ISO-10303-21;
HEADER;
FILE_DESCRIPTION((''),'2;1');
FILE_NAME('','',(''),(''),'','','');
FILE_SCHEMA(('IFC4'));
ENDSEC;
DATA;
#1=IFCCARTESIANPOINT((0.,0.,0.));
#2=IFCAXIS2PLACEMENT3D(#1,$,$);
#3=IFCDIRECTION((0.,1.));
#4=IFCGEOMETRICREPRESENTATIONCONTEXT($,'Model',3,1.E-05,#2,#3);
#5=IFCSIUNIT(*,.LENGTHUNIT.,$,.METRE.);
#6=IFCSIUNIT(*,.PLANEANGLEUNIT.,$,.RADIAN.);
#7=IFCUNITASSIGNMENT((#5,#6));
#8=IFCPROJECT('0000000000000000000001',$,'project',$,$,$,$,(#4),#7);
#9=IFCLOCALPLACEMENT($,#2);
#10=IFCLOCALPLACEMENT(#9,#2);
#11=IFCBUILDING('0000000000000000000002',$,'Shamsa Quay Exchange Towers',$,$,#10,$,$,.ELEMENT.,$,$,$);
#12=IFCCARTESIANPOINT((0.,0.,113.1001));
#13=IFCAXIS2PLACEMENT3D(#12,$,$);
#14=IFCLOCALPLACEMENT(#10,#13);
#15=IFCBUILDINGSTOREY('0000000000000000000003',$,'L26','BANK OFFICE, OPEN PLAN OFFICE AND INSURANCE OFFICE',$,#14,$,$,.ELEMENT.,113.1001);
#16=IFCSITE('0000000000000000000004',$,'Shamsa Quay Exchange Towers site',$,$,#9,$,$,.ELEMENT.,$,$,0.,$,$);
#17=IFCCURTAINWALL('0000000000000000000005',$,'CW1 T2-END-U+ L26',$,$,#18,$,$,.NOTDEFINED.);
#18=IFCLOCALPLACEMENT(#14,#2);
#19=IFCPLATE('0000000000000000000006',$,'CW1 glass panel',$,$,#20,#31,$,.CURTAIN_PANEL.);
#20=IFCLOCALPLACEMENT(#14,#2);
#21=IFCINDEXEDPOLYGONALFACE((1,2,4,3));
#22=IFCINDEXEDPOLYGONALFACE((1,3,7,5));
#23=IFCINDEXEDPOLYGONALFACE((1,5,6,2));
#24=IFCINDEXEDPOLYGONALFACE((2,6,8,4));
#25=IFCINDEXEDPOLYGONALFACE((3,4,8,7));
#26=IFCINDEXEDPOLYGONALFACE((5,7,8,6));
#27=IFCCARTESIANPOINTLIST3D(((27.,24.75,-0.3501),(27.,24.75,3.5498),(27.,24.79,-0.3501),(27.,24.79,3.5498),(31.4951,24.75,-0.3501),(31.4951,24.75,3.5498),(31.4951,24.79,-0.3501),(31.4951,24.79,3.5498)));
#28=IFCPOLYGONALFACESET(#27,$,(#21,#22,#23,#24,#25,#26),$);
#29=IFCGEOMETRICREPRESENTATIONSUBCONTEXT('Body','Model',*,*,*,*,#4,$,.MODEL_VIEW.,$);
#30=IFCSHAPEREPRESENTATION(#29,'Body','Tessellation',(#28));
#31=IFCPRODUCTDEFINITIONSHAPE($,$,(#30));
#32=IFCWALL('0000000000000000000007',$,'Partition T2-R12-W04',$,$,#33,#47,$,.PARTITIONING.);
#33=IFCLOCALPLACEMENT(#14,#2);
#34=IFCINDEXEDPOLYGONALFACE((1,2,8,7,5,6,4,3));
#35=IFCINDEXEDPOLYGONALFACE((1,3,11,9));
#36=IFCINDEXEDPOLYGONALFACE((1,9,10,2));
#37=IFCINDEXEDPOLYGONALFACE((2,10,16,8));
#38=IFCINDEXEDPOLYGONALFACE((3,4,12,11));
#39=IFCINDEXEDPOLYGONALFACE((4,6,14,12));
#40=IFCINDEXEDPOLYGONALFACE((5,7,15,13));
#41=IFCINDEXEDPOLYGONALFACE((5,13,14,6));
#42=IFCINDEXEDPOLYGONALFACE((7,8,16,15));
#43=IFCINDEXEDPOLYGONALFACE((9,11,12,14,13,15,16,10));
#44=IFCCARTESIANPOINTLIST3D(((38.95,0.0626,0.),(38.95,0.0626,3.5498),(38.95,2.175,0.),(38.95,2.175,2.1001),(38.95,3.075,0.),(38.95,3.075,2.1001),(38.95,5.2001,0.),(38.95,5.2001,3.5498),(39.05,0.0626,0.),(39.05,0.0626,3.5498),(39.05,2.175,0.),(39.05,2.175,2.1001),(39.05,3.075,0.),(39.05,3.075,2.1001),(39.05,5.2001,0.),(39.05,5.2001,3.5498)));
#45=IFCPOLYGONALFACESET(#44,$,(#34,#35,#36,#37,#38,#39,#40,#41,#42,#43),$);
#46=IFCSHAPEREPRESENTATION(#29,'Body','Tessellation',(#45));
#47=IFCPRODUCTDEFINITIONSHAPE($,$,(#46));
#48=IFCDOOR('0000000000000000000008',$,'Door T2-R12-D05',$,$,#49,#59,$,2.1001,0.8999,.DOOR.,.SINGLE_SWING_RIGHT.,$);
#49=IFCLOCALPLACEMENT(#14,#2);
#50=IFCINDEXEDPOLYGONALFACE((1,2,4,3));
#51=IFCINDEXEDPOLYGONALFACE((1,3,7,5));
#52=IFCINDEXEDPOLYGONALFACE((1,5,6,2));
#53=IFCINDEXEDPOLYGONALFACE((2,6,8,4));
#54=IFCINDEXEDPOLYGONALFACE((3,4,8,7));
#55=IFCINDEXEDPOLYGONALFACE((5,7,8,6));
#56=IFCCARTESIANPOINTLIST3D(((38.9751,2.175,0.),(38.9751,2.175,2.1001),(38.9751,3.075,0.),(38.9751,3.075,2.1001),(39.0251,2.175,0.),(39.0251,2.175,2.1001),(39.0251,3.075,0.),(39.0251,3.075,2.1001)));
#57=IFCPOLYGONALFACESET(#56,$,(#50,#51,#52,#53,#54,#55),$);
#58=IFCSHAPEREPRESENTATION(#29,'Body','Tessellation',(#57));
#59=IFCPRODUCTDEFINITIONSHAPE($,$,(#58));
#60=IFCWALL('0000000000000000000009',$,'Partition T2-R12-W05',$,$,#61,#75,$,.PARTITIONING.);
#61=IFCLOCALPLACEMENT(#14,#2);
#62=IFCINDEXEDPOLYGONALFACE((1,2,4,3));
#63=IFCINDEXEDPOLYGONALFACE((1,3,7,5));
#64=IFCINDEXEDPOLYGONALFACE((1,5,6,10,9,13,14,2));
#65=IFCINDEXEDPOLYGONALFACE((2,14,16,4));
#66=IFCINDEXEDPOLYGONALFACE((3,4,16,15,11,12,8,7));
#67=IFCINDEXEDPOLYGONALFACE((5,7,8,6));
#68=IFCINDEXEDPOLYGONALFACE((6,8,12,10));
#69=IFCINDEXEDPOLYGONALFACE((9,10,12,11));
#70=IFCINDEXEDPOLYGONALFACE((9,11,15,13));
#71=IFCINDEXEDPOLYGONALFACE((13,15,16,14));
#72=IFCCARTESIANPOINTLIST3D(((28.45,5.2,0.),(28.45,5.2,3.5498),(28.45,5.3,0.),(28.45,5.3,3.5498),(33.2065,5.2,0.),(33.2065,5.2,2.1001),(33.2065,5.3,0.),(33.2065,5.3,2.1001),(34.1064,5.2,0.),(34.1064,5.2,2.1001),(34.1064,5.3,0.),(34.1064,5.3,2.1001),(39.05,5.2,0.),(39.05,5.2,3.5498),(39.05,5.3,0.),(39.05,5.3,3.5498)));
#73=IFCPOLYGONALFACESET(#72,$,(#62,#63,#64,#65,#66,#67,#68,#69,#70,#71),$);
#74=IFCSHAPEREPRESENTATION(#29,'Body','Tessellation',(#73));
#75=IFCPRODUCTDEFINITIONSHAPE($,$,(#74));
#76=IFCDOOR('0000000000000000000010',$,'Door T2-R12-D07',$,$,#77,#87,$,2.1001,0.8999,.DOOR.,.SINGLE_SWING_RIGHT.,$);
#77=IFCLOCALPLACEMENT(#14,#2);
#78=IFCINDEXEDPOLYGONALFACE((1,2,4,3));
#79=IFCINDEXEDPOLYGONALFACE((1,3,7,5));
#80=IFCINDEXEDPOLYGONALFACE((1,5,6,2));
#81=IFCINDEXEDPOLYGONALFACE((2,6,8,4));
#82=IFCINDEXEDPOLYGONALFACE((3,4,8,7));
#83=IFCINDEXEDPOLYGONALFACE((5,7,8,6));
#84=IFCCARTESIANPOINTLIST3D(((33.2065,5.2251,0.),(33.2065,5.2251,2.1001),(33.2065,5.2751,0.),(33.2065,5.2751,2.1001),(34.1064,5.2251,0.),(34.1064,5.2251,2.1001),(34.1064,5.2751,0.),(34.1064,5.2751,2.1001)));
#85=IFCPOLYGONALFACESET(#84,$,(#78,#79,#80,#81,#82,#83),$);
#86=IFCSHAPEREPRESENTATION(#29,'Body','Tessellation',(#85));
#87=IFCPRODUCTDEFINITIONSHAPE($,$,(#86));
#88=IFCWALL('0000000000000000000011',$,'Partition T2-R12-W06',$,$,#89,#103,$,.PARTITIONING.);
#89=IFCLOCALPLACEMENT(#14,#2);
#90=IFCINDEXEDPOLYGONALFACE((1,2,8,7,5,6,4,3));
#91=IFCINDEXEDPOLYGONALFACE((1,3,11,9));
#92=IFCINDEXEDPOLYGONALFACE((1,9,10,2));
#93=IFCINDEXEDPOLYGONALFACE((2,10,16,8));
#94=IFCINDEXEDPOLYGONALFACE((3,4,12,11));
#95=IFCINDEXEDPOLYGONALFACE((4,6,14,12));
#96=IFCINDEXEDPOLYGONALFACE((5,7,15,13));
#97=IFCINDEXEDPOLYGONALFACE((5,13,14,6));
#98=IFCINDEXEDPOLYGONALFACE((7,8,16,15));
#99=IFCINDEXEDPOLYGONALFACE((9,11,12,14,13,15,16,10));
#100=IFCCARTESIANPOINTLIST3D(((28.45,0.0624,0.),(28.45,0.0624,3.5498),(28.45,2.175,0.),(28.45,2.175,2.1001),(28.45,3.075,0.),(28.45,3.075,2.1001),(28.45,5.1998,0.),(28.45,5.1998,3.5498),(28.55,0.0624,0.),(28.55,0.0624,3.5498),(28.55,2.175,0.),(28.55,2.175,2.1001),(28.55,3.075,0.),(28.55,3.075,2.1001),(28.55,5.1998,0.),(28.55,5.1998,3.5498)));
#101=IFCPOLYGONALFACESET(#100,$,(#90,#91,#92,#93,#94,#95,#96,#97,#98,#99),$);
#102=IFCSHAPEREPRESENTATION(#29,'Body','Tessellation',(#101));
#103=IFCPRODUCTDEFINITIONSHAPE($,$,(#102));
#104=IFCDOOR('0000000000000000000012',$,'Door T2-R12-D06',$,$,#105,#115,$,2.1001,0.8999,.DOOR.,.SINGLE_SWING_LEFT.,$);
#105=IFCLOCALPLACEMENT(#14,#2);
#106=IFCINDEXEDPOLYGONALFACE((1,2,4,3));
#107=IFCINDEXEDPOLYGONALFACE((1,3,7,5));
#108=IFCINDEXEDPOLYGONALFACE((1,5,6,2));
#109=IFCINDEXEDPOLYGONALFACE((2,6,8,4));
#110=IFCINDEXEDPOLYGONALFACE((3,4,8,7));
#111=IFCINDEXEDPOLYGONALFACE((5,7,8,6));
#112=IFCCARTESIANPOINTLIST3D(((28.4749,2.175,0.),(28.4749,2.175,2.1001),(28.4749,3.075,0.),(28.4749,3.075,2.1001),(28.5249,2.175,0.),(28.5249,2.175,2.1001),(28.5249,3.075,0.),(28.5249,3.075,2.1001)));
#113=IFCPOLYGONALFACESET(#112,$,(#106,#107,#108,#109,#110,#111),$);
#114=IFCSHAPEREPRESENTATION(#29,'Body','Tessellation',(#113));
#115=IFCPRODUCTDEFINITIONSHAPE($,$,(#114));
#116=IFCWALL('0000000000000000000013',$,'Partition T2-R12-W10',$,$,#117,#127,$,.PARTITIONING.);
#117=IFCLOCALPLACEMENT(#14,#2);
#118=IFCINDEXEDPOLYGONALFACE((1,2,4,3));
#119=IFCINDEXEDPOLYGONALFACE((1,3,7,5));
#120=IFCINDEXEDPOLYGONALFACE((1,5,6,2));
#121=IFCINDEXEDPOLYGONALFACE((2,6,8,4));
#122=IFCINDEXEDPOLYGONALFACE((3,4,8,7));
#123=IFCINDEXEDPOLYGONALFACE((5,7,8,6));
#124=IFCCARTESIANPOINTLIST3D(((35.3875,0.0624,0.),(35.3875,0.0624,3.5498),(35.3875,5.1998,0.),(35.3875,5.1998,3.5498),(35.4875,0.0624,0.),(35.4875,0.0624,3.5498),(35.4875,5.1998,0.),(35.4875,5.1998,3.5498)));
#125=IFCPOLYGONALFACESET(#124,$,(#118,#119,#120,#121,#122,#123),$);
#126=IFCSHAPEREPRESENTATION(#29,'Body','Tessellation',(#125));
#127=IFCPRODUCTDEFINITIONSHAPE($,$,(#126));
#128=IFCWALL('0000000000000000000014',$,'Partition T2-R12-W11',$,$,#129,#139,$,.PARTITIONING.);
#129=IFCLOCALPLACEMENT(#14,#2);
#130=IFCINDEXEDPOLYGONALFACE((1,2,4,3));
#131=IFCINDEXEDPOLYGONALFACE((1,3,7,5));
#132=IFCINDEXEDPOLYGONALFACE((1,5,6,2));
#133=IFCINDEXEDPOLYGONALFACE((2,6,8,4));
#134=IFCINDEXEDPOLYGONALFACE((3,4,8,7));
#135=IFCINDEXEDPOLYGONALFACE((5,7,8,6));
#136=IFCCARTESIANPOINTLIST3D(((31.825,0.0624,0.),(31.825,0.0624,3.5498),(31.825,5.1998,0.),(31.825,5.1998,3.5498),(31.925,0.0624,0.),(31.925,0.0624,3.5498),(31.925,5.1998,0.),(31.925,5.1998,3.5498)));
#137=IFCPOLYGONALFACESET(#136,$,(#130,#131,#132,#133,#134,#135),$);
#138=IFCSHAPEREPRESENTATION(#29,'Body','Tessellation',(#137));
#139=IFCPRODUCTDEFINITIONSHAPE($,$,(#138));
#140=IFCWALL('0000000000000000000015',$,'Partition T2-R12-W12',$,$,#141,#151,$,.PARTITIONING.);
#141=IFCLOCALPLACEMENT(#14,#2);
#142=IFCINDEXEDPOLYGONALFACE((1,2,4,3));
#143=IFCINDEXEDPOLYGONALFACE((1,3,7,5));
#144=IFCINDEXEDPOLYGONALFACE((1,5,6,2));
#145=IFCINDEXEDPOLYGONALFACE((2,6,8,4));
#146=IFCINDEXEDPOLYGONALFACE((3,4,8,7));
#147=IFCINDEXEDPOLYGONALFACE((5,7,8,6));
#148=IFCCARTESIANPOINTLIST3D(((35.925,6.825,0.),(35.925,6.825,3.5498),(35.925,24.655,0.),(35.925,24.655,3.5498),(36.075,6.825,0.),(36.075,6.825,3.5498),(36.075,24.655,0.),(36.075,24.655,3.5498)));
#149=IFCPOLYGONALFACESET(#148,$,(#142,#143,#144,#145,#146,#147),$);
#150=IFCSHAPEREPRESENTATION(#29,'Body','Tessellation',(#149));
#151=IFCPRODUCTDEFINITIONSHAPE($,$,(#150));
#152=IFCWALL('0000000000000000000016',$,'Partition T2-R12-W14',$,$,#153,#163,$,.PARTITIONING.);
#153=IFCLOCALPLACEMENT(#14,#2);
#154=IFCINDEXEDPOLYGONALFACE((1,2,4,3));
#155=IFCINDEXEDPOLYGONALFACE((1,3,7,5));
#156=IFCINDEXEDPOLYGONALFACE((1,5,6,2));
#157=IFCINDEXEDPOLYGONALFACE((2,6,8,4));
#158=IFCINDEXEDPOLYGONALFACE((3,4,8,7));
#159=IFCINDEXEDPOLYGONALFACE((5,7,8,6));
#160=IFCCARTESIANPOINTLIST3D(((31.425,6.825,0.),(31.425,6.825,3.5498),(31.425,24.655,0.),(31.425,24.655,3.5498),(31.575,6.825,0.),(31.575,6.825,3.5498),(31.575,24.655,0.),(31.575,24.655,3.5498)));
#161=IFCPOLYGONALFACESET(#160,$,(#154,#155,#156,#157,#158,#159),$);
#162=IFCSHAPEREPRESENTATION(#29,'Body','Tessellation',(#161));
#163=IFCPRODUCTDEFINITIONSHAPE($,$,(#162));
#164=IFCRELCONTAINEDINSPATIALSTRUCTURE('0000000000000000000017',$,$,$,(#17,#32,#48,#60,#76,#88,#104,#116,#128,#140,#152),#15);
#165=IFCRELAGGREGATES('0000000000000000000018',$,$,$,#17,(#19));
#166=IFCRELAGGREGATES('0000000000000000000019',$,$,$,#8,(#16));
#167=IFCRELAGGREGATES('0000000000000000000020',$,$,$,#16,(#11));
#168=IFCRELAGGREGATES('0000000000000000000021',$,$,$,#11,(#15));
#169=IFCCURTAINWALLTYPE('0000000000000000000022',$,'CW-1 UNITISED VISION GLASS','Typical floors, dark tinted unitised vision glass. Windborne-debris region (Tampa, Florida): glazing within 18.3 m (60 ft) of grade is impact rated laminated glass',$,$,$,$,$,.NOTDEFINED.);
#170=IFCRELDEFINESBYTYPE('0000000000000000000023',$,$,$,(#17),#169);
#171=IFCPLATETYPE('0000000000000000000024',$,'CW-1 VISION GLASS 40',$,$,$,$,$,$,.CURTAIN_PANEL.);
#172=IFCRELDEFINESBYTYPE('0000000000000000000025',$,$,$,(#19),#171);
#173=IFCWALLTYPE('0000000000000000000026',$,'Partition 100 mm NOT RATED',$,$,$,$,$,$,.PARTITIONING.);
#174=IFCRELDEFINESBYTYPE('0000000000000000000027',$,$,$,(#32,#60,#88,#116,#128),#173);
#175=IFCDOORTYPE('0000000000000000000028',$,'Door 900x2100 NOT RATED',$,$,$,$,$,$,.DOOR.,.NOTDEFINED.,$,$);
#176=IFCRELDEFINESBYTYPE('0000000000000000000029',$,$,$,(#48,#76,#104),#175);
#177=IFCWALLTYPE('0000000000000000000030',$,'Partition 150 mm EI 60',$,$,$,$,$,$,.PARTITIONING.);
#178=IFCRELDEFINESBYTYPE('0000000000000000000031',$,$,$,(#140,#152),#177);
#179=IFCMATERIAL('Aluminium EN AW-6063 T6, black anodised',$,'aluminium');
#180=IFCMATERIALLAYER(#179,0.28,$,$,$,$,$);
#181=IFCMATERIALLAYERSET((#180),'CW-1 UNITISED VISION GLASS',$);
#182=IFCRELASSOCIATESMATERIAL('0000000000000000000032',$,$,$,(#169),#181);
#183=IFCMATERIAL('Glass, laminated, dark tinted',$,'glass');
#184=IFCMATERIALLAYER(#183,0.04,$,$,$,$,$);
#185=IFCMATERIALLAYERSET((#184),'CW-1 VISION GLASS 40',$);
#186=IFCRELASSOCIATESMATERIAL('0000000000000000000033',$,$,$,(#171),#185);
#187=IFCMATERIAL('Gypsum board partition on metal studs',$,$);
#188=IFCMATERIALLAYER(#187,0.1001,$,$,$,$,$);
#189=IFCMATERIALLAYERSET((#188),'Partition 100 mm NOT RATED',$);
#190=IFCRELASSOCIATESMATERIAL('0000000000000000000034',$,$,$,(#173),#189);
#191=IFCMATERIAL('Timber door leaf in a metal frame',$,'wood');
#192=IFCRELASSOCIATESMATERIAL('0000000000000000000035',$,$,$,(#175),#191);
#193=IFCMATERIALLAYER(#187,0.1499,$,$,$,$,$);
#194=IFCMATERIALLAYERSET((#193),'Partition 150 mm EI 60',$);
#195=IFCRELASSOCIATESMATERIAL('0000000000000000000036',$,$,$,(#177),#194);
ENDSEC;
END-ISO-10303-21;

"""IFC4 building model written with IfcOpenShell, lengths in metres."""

from ifc_helpers import new_model, si_unit, direction, frame, frame_2d, origin, origin_2d, place, context, subcontext, project, spatial, rectangle, extrude, material, layer, layer_set, type_object, element, fill, aggregate, save


model = new_model("IFC4")

# Units and contexts
model_context = context("Model", 3, precision=1e-05, world=origin(), true_north=direction((0.0, 1.0)))
body_context = subcontext(model_context, "Body", "Model", "MODEL_VIEW")
ifc_project = project(units=[si_unit("LENGTHUNIT", "METRE"), si_unit("PLANEANGLEUNIT", "RADIAN")], contexts=[model_context])

# Site, building, storey
site_placement = place(None, origin())
site = spatial("IfcSite", under=ifc_project, at=site_placement, Name="Shamsa Quay Exchange Towers site", CompositionType="ELEMENT", RefElevation=0.0)
building_placement = place(site_placement, origin())
building = spatial("IfcBuilding", under=site, at=building_placement, Name="Shamsa Quay Exchange Towers", CompositionType="ELEMENT")
storey_placement = place(building_placement, frame((0.0, 0.0, 113.1001)))
storey = spatial("IfcBuildingStorey", under=building, at=storey_placement, Name="L26", Description="BANK OFFICE, OPEN PLAN OFFICE AND INSURANCE OFFICE", CompositionType="ELEMENT", Elevation=113.1001)

# Shared definitions
ifc_material_1 = material(Name="Aluminium EN AW-6063 T6, black anodised", Category="aluminium")
ifc_layer_1 = layer(ifc_material_1, 0.28)
ifc_layer_set_1 = layer_set([ifc_layer_1], Name="CW-1 UNITISED VISION GLASS")
curtain_wall_type = type_object("IfcCurtainWallType", Name="CW-1 UNITISED VISION GLASS", Description="Typical floors, dark tinted unitised vision glass. Windborne-debris region (Tampa, Florida): glazing within 18.3 m (60 ft) of grade is impact rated laminated glass", PredefinedType="NOTDEFINED", material=ifc_layer_set_1)

# Shared definitions
ifc_material_2 = material(Name="Glass, laminated, dark tinted", Category="glass")
ifc_layer_2 = layer(ifc_material_2, 0.04)
ifc_layer_set_2 = layer_set([ifc_layer_2], Name="CW-1 VISION GLASS 40")
plate_type = type_object("IfcPlateType", Name="CW-1 VISION GLASS 40", PredefinedType="CURTAIN_PANEL", material=ifc_layer_set_2)

# Curtain wall, plate
curtain_wall_1_placement = place(storey_placement, origin())
curtain_wall_1 = element("IfcCurtainWall", 1, at=curtain_wall_1_placement, inside=storey, type_object=curtain_wall_type, Name="CW1 T2-END-U+ L26", PredefinedType="NOTDEFINED")
plate_1_placement = place(storey_placement, frame((29.2476, 24.77, -0.3501), z_axis=(0.0, 0.0, 1.0), x_axis=(-1.0, 0.0, 0.0)))
plate_1 = element("IfcPlate", 2, at=plate_1_placement, type_object=plate_type, Name="CW1 glass panel", PredefinedType="CURTAIN_PANEL", context=body_context, shape_type="SweptSolid", body=[
    extrude(rectangle(XDim=4.4951, YDim=0.04, at=origin_2d()), origin(), (0.0, 0.0, 1.0), 3.8999),
])
aggregate(curtain_wall_1, [plate_1])

# Walls, openings, doors
ifc_material_3 = material(Name="Gypsum board partition on metal studs")
ifc_layer_3 = layer(ifc_material_3, 0.1001)
ifc_layer_set_3 = layer_set([ifc_layer_3], Name="Partition 100 mm NOT RATED")
wall_type_1 = type_object("IfcWallType", Name="Partition 100 mm NOT RATED", PredefinedType="PARTITIONING", material=ifc_layer_set_3)
wall_1_placement = place(storey_placement, frame((39.0, 0.0625, 0.0), z_axis=(0.0, 0.0, 1.0), x_axis=(0.0, 1.0, 0.0)))
wall_1 = element("IfcWall", 3, at=wall_1_placement, inside=storey, type_object=wall_type_1, Name="Partition T2-R12-W04", PredefinedType="PARTITIONING", context=body_context, shape_type="SweptSolid", body=[
    extrude(rectangle(XDim=5.1375, YDim=0.1001, at=frame_2d((2.5688, 0.0))), origin(), (0.0, 0.0, 1.0), 3.5498),
])
opening_1_placement = place(wall_1_placement, frame((2.1125, 0.0, 0.0)))
opening_1 = element("IfcOpeningElement", 4, at=opening_1_placement, cuts=wall_1, PredefinedType="OPENING", context=body_context, shape_type="SweptSolid", body=[
    extrude(rectangle(XDim=0.8999, YDim=2.1001, at=frame_2d((0.45, 1.05))), frame((0.0, 0.0601, 0.0), z_axis=(0.0, -1.0, 0.0), x_axis=(1.0, 0.0, 0.0)), (0.0, 0.0, 1.0), 0.1201),
])
ifc_material_4 = material(Name="Timber door leaf in a metal frame", Category="wood")
door_type = type_object("IfcDoorType", Name="Door 900x2100 NOT RATED", OperationType="NOTDEFINED", PredefinedType="DOOR", material=ifc_material_4)
door_1_placement = place(opening_1_placement, origin())
door_1 = element("IfcDoor", 5, at=door_1_placement, inside=storey, type_object=door_type, Name="Door T2-R12-D05", OperationType="SINGLE_SWING_RIGHT", OverallHeight=2.1001, OverallWidth=0.8999, PredefinedType="DOOR", context=body_context, shape_type="SweptSolid", body=[
    extrude(rectangle(XDim=0.8999, YDim=2.1001, at=frame_2d((0.45, 1.05))), frame((0.0, 0.0249, 0.0), z_axis=(0.0, -1.0, 0.0), x_axis=(1.0, 0.0, 0.0)), (0.0, 0.0, 1.0), 0.05),
])
fill(opening_1, door_1)
wall_2_placement = place(storey_placement, frame((39.05, 5.25, 0.0), z_axis=(0.0, 0.0, 1.0), x_axis=(-1.0, 0.0, 0.0)))
wall_2 = element("IfcWall", 6, at=wall_2_placement, inside=storey, type_object=wall_type_1, Name="Partition T2-R12-W05", PredefinedType="PARTITIONING", context=body_context, shape_type="SweptSolid", body=[
    extrude(rectangle(XDim=10.6001, YDim=0.1001, at=frame_2d((5.3, 0.0))), origin(), (0.0, 0.0, 1.0), 3.5498),
])
opening_2_placement = place(wall_2_placement, frame((4.9436, 0.0, 0.0)))
opening_2 = element("IfcOpeningElement", 7, at=opening_2_placement, cuts=wall_2, PredefinedType="OPENING", context=body_context, shape_type="SweptSolid", body=[
    extrude(rectangle(XDim=0.8999, YDim=2.1001, at=frame_2d((0.45, 1.05))), frame((0.0, 0.0601, 0.0), z_axis=(0.0, -1.0, 0.0), x_axis=(1.0, 0.0, 0.0)), (0.0, 0.0, 1.0), 0.1201),
])
door_2_placement = place(opening_2_placement, origin())
door_2 = element("IfcDoor", 8, at=door_2_placement, inside=storey, type_object=door_type, Name="Door T2-R12-D07", OperationType="SINGLE_SWING_RIGHT", OverallHeight=2.1001, OverallWidth=0.8999, PredefinedType="DOOR", context=body_context, shape_type="SweptSolid", body=[
    extrude(rectangle(XDim=0.8999, YDim=2.1001, at=frame_2d((0.45, 1.05))), frame((0.0, 0.0249, 0.0), z_axis=(0.0, -1.0, 0.0), x_axis=(1.0, 0.0, 0.0)), (0.0, 0.0, 1.0), 0.05),
])
fill(opening_2, door_2)
wall_3_placement = place(storey_placement, frame((28.5, 5.2, 0.0), z_axis=(0.0, 0.0, 1.0), x_axis=(0.0, -1.0, 0.0)))
wall_3 = element("IfcWall", 9, at=wall_3_placement, inside=storey, type_object=wall_type_1, Name="Partition T2-R12-W06", PredefinedType="PARTITIONING", context=body_context, shape_type="SweptSolid", body=[
    extrude(rectangle(XDim=5.1375, YDim=0.1001, at=frame_2d((2.5688, 0.0))), origin(), (0.0, 0.0, 1.0), 3.5498),
])
opening_3_placement = place(wall_3_placement, frame((2.125, 0.0, 0.0)))
opening_3 = element("IfcOpeningElement", 10, at=opening_3_placement, cuts=wall_3, PredefinedType="OPENING", context=body_context, shape_type="SweptSolid", body=[
    extrude(rectangle(XDim=0.8999, YDim=2.1001, at=frame_2d((0.45, 1.05))), frame((0.0, 0.0601, 0.0), z_axis=(0.0, -1.0, 0.0), x_axis=(1.0, 0.0, 0.0)), (0.0, 0.0, 1.0), 0.1201),
])
door_3_placement = place(opening_3_placement, origin())
door_3 = element("IfcDoor", 11, at=door_3_placement, inside=storey, type_object=door_type, Name="Door T2-R12-D06", OperationType="SINGLE_SWING_LEFT", OverallHeight=2.1001, OverallWidth=0.8999, PredefinedType="DOOR", context=body_context, shape_type="SweptSolid", body=[
    extrude(rectangle(XDim=0.8999, YDim=2.1001, at=frame_2d((0.45, 1.05))), frame((0.0, 0.0249, 0.0), z_axis=(0.0, -1.0, 0.0), x_axis=(1.0, 0.0, 0.0)), (0.0, 0.0, 1.0), 0.05),
])
fill(opening_3, door_3)

# Walls
for number, where, z_axis, x_axis, name in (
    (12, (35.4375, 5.2, 0.0), (0.0, 0.0, 1.0), (0.0, -1.0, 0.0), "Partition T2-R12-W10"),
    (13, (31.875, 5.2, 0.0), (0.0, 0.0, 1.0), (0.0, -1.0, 0.0), "Partition T2-R12-W11"),
):
    element("IfcWall", number, at=place(storey_placement, frame(where, z_axis=z_axis, x_axis=x_axis)), inside=storey, type_object=wall_type_1, Name=name, PredefinedType="PARTITIONING", context=body_context, shape_type="SweptSolid", body=[
        extrude(rectangle(XDim=5.1375, YDim=0.1001, at=frame_2d((2.5688, 0.0))), origin(), (0.0, 0.0, 1.0), 3.5498),
    ])
ifc_layer_4 = layer(ifc_material_3, 0.1499)
ifc_layer_set_4 = layer_set([ifc_layer_4], Name="Partition 150 mm EI 60")
wall_type_2 = type_object("IfcWallType", Name="Partition 150 mm EI 60", PredefinedType="PARTITIONING", material=ifc_layer_set_4)
for number, where, z_axis, x_axis, name in (
    (14, (36.0, 24.655, 0.0), (0.0, 0.0, 1.0), (0.0, -1.0, 0.0), "Partition T2-R12-W12"),
    (15, (31.5, 24.655, 0.0), (0.0, 0.0, 1.0), (0.0, -1.0, 0.0), "Partition T2-R12-W14"),
):
    element("IfcWall", number, at=place(storey_placement, frame(where, z_axis=z_axis, x_axis=x_axis)), inside=storey, type_object=wall_type_2, Name=name, PredefinedType="PARTITIONING", context=body_context, shape_type="SweptSolid", body=[
        extrude(rectangle(XDim=17.8301, YDim=0.1499, at=frame_2d((8.915, 0.0))), origin(), (0.0, 0.0, 1.0), 3.5498),
    ])

save(model, "model.ifc")
